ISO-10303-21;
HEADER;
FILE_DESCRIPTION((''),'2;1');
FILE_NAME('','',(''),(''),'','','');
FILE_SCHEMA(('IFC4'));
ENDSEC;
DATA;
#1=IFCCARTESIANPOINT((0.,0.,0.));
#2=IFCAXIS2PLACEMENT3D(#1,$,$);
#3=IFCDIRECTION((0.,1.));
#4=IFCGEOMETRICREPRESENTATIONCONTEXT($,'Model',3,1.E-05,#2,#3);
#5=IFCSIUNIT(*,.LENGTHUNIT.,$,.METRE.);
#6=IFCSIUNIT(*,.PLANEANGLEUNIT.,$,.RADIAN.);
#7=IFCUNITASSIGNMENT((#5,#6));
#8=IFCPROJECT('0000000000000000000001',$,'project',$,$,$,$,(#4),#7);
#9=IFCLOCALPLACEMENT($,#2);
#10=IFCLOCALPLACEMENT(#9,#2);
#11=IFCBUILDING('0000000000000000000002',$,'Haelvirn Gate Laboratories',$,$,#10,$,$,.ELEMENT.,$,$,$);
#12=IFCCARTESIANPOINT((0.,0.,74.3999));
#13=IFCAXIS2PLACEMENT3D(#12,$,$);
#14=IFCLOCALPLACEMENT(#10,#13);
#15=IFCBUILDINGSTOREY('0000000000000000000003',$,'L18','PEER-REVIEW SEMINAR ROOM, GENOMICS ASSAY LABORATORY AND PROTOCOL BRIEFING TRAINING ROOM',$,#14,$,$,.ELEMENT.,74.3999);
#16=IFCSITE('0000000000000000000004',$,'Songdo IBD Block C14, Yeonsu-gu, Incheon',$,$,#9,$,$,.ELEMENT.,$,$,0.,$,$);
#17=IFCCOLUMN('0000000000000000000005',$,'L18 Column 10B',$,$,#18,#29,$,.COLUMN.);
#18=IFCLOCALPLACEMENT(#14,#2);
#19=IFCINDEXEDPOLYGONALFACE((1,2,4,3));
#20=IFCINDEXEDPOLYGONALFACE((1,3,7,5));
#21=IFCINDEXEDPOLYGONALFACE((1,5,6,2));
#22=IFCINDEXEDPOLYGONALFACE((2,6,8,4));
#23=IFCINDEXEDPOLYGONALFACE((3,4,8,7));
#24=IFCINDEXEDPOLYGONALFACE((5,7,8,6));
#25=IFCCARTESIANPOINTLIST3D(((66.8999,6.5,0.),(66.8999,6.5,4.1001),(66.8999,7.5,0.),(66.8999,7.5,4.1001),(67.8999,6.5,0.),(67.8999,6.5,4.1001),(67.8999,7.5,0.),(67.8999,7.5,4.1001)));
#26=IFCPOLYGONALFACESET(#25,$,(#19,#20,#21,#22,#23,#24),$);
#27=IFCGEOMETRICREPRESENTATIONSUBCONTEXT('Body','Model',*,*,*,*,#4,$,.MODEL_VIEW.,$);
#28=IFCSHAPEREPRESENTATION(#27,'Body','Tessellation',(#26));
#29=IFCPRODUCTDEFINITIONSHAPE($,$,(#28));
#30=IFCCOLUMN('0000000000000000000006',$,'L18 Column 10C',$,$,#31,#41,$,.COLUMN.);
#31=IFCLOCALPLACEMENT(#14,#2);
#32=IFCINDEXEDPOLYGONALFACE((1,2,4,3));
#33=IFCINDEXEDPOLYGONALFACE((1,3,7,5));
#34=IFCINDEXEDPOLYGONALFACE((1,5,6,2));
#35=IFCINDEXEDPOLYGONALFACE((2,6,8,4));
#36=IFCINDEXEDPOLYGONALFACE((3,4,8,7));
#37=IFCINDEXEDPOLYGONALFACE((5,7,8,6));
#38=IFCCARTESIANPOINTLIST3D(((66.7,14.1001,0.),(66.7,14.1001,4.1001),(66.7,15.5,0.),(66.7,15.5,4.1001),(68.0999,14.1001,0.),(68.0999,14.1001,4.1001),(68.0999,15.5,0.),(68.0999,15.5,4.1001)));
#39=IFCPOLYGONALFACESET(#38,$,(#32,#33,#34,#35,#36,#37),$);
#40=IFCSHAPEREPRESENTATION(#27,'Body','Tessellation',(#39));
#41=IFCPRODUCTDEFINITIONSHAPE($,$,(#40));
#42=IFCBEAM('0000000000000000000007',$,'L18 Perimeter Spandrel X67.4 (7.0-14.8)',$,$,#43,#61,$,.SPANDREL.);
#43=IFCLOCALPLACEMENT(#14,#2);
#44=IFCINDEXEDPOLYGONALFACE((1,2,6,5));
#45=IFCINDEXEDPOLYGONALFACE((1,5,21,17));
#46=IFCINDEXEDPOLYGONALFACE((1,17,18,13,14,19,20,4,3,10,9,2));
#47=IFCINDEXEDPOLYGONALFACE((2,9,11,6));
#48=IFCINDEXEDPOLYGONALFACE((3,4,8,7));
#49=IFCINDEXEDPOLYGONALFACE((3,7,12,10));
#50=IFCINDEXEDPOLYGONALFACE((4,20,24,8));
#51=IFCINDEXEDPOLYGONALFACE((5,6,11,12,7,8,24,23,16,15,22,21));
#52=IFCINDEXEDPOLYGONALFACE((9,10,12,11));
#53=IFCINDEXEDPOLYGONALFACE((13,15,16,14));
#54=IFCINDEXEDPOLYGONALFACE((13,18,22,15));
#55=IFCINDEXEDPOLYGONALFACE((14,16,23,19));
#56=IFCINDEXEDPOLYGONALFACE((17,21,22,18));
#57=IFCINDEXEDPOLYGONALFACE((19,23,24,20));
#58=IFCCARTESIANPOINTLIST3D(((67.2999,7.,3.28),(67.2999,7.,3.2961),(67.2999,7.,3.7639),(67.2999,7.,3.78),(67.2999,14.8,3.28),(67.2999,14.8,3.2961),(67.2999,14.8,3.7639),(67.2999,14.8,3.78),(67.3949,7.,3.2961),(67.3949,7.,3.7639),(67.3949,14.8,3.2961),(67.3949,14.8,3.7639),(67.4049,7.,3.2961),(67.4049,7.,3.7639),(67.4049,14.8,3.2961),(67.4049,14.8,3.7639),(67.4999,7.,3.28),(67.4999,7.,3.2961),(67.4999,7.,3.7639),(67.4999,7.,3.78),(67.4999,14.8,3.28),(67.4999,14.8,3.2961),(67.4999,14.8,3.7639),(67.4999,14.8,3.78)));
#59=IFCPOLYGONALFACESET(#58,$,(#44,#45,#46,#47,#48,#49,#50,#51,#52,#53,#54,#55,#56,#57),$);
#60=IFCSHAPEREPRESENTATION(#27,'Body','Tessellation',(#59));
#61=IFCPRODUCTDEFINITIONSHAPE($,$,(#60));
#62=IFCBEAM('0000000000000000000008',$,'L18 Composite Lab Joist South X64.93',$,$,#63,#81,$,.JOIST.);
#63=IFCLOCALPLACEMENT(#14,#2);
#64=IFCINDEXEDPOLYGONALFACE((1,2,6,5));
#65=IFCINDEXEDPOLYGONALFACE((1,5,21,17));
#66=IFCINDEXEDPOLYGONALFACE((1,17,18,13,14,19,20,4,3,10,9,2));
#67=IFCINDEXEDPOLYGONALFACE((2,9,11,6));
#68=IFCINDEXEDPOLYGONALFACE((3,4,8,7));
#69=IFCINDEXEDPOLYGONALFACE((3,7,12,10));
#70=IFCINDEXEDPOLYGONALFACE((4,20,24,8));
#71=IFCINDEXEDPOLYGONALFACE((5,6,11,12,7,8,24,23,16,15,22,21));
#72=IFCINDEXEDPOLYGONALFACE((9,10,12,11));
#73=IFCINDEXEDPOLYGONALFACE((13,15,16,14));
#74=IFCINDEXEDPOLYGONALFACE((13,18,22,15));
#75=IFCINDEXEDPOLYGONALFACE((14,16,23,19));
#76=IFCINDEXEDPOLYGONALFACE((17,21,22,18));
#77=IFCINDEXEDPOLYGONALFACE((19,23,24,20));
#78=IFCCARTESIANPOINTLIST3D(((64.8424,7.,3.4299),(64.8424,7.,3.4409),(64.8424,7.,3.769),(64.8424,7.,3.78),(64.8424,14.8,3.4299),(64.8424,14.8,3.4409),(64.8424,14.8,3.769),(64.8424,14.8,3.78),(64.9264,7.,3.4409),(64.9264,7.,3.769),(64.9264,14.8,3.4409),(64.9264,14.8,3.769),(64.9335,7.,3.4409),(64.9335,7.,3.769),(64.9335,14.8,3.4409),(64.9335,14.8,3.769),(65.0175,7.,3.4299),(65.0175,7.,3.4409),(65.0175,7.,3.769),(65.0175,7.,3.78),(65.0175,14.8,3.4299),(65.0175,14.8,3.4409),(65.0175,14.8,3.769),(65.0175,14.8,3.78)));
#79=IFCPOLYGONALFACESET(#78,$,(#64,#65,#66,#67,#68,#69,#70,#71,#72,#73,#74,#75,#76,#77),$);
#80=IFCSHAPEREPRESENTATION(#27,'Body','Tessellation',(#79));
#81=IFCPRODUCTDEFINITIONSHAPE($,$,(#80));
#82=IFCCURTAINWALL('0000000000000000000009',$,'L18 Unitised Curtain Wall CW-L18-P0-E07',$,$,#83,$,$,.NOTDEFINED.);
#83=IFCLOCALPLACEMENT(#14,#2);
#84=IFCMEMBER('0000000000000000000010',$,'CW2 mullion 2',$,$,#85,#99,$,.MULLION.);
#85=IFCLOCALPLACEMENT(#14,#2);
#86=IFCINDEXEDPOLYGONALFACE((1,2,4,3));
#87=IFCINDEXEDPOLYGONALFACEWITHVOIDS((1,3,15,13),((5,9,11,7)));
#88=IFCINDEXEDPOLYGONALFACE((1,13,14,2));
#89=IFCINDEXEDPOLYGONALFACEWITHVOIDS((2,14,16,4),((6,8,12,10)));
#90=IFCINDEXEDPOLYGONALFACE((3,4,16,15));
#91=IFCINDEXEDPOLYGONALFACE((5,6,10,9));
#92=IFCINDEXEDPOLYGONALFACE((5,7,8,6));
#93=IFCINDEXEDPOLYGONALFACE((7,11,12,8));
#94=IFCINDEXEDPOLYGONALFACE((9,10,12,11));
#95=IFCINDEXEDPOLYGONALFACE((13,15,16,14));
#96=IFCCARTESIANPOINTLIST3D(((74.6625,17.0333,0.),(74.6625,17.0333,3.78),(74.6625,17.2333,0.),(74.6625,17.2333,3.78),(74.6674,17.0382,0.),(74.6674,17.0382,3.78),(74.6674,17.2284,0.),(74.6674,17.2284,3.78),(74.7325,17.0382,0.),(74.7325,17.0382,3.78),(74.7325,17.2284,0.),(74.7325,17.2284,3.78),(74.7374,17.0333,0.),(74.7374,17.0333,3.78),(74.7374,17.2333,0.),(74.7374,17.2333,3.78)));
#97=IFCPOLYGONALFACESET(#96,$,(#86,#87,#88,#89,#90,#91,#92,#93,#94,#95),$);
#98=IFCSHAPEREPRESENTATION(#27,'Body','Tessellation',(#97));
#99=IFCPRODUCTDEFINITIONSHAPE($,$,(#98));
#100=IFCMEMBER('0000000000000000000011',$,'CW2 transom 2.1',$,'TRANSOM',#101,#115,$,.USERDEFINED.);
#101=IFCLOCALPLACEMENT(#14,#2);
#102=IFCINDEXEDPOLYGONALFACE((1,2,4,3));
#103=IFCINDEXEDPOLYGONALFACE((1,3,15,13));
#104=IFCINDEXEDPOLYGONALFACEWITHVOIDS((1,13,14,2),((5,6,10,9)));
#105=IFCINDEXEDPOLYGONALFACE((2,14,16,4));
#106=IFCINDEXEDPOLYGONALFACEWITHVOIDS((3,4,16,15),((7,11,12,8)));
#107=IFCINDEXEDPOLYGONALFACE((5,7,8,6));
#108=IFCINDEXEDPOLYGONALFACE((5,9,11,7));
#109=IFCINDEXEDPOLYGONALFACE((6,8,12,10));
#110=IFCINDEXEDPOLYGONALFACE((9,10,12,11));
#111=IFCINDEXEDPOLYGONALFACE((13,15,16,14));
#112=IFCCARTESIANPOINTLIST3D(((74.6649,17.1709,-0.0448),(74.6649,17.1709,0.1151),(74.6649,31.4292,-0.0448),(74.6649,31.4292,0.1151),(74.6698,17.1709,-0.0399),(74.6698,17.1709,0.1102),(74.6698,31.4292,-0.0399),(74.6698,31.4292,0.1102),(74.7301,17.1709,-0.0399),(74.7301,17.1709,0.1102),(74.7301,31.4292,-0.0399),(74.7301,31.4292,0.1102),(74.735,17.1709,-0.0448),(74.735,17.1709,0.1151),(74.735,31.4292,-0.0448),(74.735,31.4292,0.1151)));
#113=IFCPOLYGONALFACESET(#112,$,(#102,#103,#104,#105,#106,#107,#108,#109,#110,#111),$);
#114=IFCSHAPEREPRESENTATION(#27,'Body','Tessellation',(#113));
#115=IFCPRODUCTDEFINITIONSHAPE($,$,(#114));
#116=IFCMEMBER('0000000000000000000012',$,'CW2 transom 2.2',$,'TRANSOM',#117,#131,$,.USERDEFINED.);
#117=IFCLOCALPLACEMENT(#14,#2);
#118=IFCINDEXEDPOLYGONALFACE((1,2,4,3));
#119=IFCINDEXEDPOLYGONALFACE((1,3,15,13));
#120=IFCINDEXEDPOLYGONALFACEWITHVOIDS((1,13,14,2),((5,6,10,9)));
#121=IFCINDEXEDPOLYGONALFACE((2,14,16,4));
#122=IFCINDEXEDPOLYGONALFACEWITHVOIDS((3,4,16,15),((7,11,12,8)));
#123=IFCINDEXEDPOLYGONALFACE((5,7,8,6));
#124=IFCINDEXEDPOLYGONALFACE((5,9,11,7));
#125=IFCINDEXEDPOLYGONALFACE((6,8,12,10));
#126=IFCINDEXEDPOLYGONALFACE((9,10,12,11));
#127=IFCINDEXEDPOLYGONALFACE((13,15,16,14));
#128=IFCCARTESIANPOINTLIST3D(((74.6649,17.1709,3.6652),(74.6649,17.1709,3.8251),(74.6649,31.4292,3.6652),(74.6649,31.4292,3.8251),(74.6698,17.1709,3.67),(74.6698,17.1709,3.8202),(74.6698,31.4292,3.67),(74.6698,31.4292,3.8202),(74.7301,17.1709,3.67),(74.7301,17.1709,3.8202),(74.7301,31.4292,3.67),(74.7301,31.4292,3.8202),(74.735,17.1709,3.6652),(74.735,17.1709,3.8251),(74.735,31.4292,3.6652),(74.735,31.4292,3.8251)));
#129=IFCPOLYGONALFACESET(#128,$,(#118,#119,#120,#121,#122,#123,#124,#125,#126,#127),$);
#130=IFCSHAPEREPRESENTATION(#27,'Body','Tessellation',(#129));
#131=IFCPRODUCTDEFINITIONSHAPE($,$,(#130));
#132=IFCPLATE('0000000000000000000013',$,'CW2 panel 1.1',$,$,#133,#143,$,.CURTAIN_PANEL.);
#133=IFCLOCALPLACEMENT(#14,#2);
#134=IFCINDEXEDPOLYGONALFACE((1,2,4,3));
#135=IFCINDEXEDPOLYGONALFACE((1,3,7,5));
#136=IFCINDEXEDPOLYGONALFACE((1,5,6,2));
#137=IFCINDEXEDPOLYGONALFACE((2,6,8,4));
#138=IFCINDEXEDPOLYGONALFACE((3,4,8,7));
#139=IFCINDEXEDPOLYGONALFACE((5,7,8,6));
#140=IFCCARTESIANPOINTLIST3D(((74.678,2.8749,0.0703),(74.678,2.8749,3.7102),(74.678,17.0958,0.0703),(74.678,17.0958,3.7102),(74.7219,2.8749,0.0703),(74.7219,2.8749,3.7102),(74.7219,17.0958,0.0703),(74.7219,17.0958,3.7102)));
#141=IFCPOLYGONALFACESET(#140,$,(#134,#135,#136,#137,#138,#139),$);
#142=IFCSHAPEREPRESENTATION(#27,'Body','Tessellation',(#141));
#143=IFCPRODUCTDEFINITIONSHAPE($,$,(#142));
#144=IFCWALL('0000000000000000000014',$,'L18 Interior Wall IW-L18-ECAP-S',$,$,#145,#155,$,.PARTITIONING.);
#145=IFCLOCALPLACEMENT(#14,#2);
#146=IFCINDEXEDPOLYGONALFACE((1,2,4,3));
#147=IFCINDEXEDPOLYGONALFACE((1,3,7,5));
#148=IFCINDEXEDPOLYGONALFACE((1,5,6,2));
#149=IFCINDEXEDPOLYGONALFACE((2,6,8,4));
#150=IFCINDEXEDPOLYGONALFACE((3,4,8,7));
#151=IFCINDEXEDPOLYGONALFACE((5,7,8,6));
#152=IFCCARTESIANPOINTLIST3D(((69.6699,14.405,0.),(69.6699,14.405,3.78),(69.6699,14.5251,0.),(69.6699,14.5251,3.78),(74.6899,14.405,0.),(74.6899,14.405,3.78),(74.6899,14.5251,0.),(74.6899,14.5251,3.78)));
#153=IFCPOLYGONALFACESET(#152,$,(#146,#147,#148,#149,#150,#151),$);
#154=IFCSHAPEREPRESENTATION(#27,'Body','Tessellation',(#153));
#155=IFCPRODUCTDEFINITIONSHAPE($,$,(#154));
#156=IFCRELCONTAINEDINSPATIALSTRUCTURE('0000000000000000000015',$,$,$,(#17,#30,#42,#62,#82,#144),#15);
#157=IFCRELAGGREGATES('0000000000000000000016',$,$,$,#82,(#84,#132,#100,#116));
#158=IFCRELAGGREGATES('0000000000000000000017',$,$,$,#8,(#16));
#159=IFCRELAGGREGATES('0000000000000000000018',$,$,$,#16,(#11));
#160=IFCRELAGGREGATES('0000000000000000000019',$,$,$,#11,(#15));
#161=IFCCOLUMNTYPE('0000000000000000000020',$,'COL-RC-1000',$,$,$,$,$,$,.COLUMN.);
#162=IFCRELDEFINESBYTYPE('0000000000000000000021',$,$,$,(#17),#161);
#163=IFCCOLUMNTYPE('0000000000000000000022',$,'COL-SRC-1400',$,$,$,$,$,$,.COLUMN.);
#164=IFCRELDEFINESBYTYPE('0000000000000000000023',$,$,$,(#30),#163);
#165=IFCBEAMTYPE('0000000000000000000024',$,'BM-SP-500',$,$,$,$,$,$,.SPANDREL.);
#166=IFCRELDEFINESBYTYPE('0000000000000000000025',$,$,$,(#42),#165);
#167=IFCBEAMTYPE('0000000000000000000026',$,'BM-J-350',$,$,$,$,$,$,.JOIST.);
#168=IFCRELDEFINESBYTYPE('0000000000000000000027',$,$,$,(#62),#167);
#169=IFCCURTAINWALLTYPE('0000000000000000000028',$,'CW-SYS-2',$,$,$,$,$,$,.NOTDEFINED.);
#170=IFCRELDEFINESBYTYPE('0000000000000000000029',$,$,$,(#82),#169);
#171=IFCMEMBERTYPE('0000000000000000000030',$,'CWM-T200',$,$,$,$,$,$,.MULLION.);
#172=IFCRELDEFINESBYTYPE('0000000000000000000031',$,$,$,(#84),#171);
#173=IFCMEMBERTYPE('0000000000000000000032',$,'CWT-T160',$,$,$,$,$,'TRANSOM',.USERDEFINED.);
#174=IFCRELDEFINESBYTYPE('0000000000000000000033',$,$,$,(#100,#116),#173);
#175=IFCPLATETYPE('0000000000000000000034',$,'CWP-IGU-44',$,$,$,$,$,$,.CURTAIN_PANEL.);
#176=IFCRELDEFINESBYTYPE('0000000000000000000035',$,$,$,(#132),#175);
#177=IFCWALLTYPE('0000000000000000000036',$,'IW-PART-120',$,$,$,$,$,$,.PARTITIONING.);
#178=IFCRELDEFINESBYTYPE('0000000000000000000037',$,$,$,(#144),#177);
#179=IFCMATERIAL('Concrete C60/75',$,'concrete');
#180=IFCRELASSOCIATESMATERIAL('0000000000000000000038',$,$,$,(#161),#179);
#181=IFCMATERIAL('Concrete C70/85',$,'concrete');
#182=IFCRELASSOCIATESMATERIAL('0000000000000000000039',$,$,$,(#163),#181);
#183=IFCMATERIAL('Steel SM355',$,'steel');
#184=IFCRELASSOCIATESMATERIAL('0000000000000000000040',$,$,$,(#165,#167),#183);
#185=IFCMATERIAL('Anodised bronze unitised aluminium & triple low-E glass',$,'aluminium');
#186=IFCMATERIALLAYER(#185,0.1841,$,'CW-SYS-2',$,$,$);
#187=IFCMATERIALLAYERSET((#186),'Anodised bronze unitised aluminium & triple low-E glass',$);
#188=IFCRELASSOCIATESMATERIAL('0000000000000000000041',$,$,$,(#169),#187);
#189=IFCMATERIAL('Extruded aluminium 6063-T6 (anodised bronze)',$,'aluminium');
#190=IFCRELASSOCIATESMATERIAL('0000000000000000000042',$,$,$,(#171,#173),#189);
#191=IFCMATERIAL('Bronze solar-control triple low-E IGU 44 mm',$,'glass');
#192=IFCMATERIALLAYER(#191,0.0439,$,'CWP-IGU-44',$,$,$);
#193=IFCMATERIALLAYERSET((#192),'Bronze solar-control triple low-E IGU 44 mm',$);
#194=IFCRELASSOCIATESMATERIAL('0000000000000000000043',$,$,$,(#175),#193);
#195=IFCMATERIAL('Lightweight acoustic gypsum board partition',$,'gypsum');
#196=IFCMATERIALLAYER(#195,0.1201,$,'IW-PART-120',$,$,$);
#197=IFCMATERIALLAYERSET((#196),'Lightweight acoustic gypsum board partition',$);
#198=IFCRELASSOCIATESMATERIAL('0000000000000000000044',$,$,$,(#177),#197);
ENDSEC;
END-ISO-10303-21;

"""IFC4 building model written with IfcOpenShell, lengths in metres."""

from ifc_helpers import new_model, si_unit, direction, frame, frame_2d, origin, origin_2d, place, context, subcontext, project, spatial, rectangle, hollow_rectangle, i_section, extrude, source, transform, mapped, material, layer, layer_set, material_profile, profile_set, type_object, type_shapes, element, aggregate, save


model = new_model("IFC4")

# Units and contexts
model_context = context("Model", 3, precision=1e-05, world=origin(), true_north=direction((0.0, 1.0)))
body_context = subcontext(model_context, "Body", "Model", "MODEL_VIEW")
ifc_project = project(units=[si_unit("LENGTHUNIT", "METRE"), si_unit("PLANEANGLEUNIT", "RADIAN")], contexts=[model_context])

# Site, building, storey
site_placement = place(None, origin())
site = spatial("IfcSite", under=ifc_project, at=site_placement, Name="Songdo IBD Block C14, Yeonsu-gu, Incheon", CompositionType="ELEMENT", RefElevation=0.0)
building_placement = place(site_placement, origin())
building = spatial("IfcBuilding", under=site, at=building_placement, Name="Haelvirn Gate Laboratories", CompositionType="ELEMENT")
storey_placement = place(building_placement, frame((0.0, 0.0, 74.3999)))
storey = spatial("IfcBuildingStorey", under=building, at=storey_placement, Name="L18", Description="PEER-REVIEW SEMINAR ROOM, GENOMICS ASSAY LABORATORY AND PROTOCOL BRIEFING TRAINING ROOM", CompositionType="ELEMENT", Elevation=74.3999)

# Columns
ifc_material_1 = material(Name="Concrete C60/75", Category="concrete")
ifc_material_profile_1 = material_profile(ifc_material_1, rectangle(XDim=1.0, YDim=1.0, at=origin_2d()), Name="RC-1000x1000")
ifc_profile_set_1 = profile_set([ifc_material_profile_1], Name="Concrete C60/75")
column_type_1 = type_object("IfcColumnType", Name="COL-RC-1000", PredefinedType="COLUMN", material=ifc_profile_set_1)
shared_shape_1 = source(origin(), body_context, "Body", "SweptSolid", [
    extrude(rectangle(XDim=1.0, YDim=1.0, at=origin_2d()), origin(), (0.0, 0.0, 1.0), 4.1001),
])
type_shapes(column_type_1, [shared_shape_1])
column_1_placement = place(storey_placement, frame((67.3999, 7.0, 0.0), z_axis=(0.0, 0.0, 1.0), x_axis=(1.0, 0.0, 0.0)))
element("IfcColumn", 1, at=column_1_placement, inside=storey, type_object=column_type_1, Name="L18 Column 10B", PredefinedType="COLUMN", context=body_context, shape_type="MappedRepresentation", body=[
    mapped(shared_shape_1, transform((0.0, 0.0, 0.0), scale=1.0)),
])
ifc_material_2 = material(Name="Concrete C70/85", Category="concrete")
ifc_material_profile_2 = material_profile(ifc_material_2, rectangle(XDim=1.3999, YDim=1.3999, at=origin_2d()), Name="SRC-1400x1400")
ifc_profile_set_2 = profile_set([ifc_material_profile_2], Name="Concrete C70/85")
column_type_2 = type_object("IfcColumnType", Name="COL-SRC-1400", PredefinedType="COLUMN", material=ifc_profile_set_2)
shared_shape_2 = source(origin(), body_context, "Body", "SweptSolid", [
    extrude(rectangle(XDim=1.3999, YDim=1.3999, at=origin_2d()), origin(), (0.0, 0.0, 1.0), 4.1001),
])
type_shapes(column_type_2, [shared_shape_2])
column_2_placement = place(storey_placement, frame((67.3999, 14.8, 0.0), z_axis=(0.0, 0.0, 1.0), x_axis=(1.0, 0.0, 0.0)))
element("IfcColumn", 2, at=column_2_placement, inside=storey, type_object=column_type_2, Name="L18 Column 10C", PredefinedType="COLUMN", context=body_context, shape_type="MappedRepresentation", body=[
    mapped(shared_shape_2, transform((0.0, 0.0, 0.0), scale=1.0)),
])

# Beams
ifc_material_3 = material(Name="Steel SM355", Category="steel")
ifc_material_profile_3 = material_profile(ifc_material_3, i_section(OverallWidth=0.2, OverallDepth=0.5, WebThickness=0.01, FlangeThickness=0.0161, at=origin_2d()), Name="H-500x200x10x16")
ifc_profile_set_3 = profile_set([ifc_material_profile_3], Name="Steel SM355")
beam_type_1 = type_object("IfcBeamType", Name="BM-SP-500", PredefinedType="SPANDREL", material=ifc_profile_set_3)
shared_shape_3 = source(origin(), body_context, "Body", "SweptSolid", [
    extrude(i_section(OverallWidth=0.2, OverallDepth=0.5, WebThickness=0.01, FlangeThickness=0.0161, at=origin_2d()), origin(), (0.0, 0.0, 1.0), 7.8),
])
type_shapes(beam_type_1, [shared_shape_3])
beam_1_placement = place(storey_placement, frame((67.3999, 7.0, 3.53), z_axis=(0.0, 1.0, 0.0), x_axis=(-1.0, 0.0, 0.0)))
element("IfcBeam", 3, at=beam_1_placement, inside=storey, type_object=beam_type_1, Name="L18 Perimeter Spandrel X67.4 (7.0-14.8)", PredefinedType="SPANDREL", context=body_context, shape_type="MappedRepresentation", body=[
    mapped(shared_shape_3, transform((0.0, 0.0, 0.0), scale=1.0)),
])
ifc_material_profile_4 = material_profile(ifc_material_3, i_section(OverallWidth=0.175, OverallDepth=0.3501, WebThickness=0.0071, FlangeThickness=0.011, at=origin_2d()), Name="H-350x175x7x11")
ifc_profile_set_4 = profile_set([ifc_material_profile_4], Name="Steel SM355")
beam_type_2 = type_object("IfcBeamType", Name="BM-J-350", PredefinedType="JOIST", material=ifc_profile_set_4)
shared_shape_4 = source(origin(), body_context, "Body", "SweptSolid", [
    extrude(i_section(OverallWidth=0.175, OverallDepth=0.3501, WebThickness=0.0071, FlangeThickness=0.011, at=origin_2d()), origin(), (0.0, 0.0, 1.0), 7.8),
])
type_shapes(beam_type_2, [shared_shape_4])
beam_2_placement = place(storey_placement, frame((64.9299, 7.0, 3.605), z_axis=(0.0, 1.0, 0.0), x_axis=(-1.0, 0.0, 0.0)))
element("IfcBeam", 4, at=beam_2_placement, inside=storey, type_object=beam_type_2, Name="L18 Composite Lab Joist South X64.93", PredefinedType="JOIST", context=body_context, shape_type="MappedRepresentation", body=[
    mapped(shared_shape_4, transform((0.0, 0.0, 0.0), scale=1.0)),
])

# Curtain wall, members, plate
ifc_material_4 = material(Name="Anodised bronze unitised aluminium & triple low-E glass", Category="aluminium")
ifc_layer_1 = layer(ifc_material_4, 0.1841, Name="CW-SYS-2")
ifc_layer_set_1 = layer_set([ifc_layer_1], Name="Anodised bronze unitised aluminium & triple low-E glass")
curtain_wall_type = type_object("IfcCurtainWallType", Name="CW-SYS-2", PredefinedType="NOTDEFINED", material=ifc_layer_set_1)
curtain_wall_placement = place(storey_placement, origin())
curtain_wall = element("IfcCurtainWall", 5, at=curtain_wall_placement, inside=storey, type_object=curtain_wall_type, Name="L18 Unitised Curtain Wall CW-L18-P0-E07", PredefinedType="NOTDEFINED")
ifc_material_5 = material(Name="Extruded aluminium 6063-T6 (anodised bronze)", Category="aluminium")
ifc_material_profile_5 = material_profile(ifc_material_5, hollow_rectangle(XDim=0.075, YDim=0.2, WallThickness=0.0049, at=origin_2d()), Name="CWM-200x75x5")
ifc_profile_set_5 = profile_set([ifc_material_profile_5], Name="Extruded aluminium 6063-T6 (anodised bronze)")
member_type_1 = type_object("IfcMemberType", Name="CWM-T200", PredefinedType="MULLION", material=ifc_profile_set_5)
shared_shape_5 = source(origin(), body_context, "Body", "SweptSolid", [
    extrude(hollow_rectangle(XDim=0.075, YDim=0.2, WallThickness=0.0049, at=origin_2d()), origin(), (0.0, 0.0, 1.0), 3.78),
])
type_shapes(member_type_1, [shared_shape_5])
member_1_placement = place(storey_placement, frame((74.7, 17.1333, 0.0), z_axis=(0.0, 0.0, 1.0), x_axis=(-1.0, 0.0, 0.0)))
member_1 = element("IfcMember", 6, at=member_1_placement, type_object=member_type_1, Name="CW2 mullion 2", PredefinedType="MULLION", context=body_context, shape_type="MappedRepresentation", body=[
    mapped(shared_shape_5, transform((0.0, 0.0, 0.0), scale=1.0)),
])
ifc_material_profile_6 = material_profile(ifc_material_5, hollow_rectangle(XDim=0.0701, YDim=0.1599, WallThickness=0.0049, at=origin_2d()), Name="CWT-160x70x5")
ifc_profile_set_6 = profile_set([ifc_material_profile_6], Name="Extruded aluminium 6063-T6 (anodised bronze)")
member_type_2 = type_object("IfcMemberType", Name="CWT-T160", ElementType="TRANSOM", PredefinedType="USERDEFINED", material=ifc_profile_set_6)
shared_shape_6 = source(origin(), body_context, "Body", "SweptSolid", [
    extrude(hollow_rectangle(XDim=0.0701, YDim=0.1599, WallThickness=0.0049, at=origin_2d()), origin(), (0.0, 0.0, 1.0), 14.2583),
])
type_shapes(member_type_2, [shared_shape_6])
member_2_placement = place(storey_placement, frame((74.7, 17.1709, 0.0352), z_axis=(0.0, 1.0, 0.0), x_axis=(-1.0, 0.0, 0.0)))
member_2 = element("IfcMember", 7, at=member_2_placement, type_object=member_type_2, Name="CW2 transom 2.1", ObjectType="TRANSOM", PredefinedType="USERDEFINED", context=body_context, shape_type="MappedRepresentation", body=[
    mapped(shared_shape_6, transform((0.0, 0.0, 0.0), scale=1.0)),
])
member_3_placement = place(storey_placement, frame((74.7, 17.1709, 3.7451), z_axis=(0.0, 1.0, 0.0), x_axis=(-1.0, 0.0, 0.0)))
member_3 = element("IfcMember", 8, at=member_3_placement, type_object=member_type_2, Name="CW2 transom 2.2", ObjectType="TRANSOM", PredefinedType="USERDEFINED", context=body_context, shape_type="MappedRepresentation", body=[
    mapped(shared_shape_6, transform((0.0, 0.0, 0.0), scale=1.0)),
])
ifc_material_6 = material(Name="Bronze solar-control triple low-E IGU 44 mm", Category="glass")
ifc_layer_2 = layer(ifc_material_6, 0.0439, Name="CWP-IGU-44")
ifc_layer_set_2 = layer_set([ifc_layer_2], Name="Bronze solar-control triple low-E IGU 44 mm")
plate_type = type_object("IfcPlateType", Name="CWP-IGU-44", PredefinedType="CURTAIN_PANEL", material=ifc_layer_set_2)
shared_shape_7 = source(origin(), body_context, "Body", "SweptSolid", [
    extrude(rectangle(XDim=14.2209, YDim=0.0439, at=origin_2d()), origin(), (0.0, 0.0, 1.0), 3.6399),
])
type_shapes(plate_type, [shared_shape_7])
plate_placement = place(storey_placement, frame((74.7, 9.9854, 0.0703), z_axis=(0.0, 0.0, 1.0), x_axis=(0.0, 1.0, 0.0)))
plate = element("IfcPlate", 9, at=plate_placement, type_object=plate_type, Name="CW2 panel 1.1", PredefinedType="CURTAIN_PANEL", context=body_context, shape_type="MappedRepresentation", body=[
    mapped(shared_shape_7, transform((0.0, 0.0, 0.0), scale=1.0)),
])
aggregate(curtain_wall, [member_1, plate, member_2, member_3])

# Wall
ifc_material_7 = material(Name="Lightweight acoustic gypsum board partition", Category="gypsum")
ifc_layer_3 = layer(ifc_material_7, 0.1201, Name="IW-PART-120")
ifc_layer_set_3 = layer_set([ifc_layer_3], Name="Lightweight acoustic gypsum board partition")
wall_type_1 = type_object("IfcWallType", Name="IW-PART-120", PredefinedType="PARTITIONING", material=ifc_layer_set_3)
wall_1_placement = place(storey_placement, frame((69.6699, 14.4651, 0.0), z_axis=(0.0, 0.0, 1.0), x_axis=(1.0, 0.0, 0.0)))
element("IfcWall", 10, at=wall_1_placement, inside=storey, type_object=wall_type_1, Name="L18 Interior Wall IW-L18-ECAP-S", PredefinedType="PARTITIONING", context=body_context, shape_type="SweptSolid", body=[
    extrude(rectangle(XDim=5.02, YDim=0.1201, at=frame_2d((2.51, 0.0))), origin(), (0.0, 0.0, 1.0), 3.78),
])

save(model, "model.ifc")
